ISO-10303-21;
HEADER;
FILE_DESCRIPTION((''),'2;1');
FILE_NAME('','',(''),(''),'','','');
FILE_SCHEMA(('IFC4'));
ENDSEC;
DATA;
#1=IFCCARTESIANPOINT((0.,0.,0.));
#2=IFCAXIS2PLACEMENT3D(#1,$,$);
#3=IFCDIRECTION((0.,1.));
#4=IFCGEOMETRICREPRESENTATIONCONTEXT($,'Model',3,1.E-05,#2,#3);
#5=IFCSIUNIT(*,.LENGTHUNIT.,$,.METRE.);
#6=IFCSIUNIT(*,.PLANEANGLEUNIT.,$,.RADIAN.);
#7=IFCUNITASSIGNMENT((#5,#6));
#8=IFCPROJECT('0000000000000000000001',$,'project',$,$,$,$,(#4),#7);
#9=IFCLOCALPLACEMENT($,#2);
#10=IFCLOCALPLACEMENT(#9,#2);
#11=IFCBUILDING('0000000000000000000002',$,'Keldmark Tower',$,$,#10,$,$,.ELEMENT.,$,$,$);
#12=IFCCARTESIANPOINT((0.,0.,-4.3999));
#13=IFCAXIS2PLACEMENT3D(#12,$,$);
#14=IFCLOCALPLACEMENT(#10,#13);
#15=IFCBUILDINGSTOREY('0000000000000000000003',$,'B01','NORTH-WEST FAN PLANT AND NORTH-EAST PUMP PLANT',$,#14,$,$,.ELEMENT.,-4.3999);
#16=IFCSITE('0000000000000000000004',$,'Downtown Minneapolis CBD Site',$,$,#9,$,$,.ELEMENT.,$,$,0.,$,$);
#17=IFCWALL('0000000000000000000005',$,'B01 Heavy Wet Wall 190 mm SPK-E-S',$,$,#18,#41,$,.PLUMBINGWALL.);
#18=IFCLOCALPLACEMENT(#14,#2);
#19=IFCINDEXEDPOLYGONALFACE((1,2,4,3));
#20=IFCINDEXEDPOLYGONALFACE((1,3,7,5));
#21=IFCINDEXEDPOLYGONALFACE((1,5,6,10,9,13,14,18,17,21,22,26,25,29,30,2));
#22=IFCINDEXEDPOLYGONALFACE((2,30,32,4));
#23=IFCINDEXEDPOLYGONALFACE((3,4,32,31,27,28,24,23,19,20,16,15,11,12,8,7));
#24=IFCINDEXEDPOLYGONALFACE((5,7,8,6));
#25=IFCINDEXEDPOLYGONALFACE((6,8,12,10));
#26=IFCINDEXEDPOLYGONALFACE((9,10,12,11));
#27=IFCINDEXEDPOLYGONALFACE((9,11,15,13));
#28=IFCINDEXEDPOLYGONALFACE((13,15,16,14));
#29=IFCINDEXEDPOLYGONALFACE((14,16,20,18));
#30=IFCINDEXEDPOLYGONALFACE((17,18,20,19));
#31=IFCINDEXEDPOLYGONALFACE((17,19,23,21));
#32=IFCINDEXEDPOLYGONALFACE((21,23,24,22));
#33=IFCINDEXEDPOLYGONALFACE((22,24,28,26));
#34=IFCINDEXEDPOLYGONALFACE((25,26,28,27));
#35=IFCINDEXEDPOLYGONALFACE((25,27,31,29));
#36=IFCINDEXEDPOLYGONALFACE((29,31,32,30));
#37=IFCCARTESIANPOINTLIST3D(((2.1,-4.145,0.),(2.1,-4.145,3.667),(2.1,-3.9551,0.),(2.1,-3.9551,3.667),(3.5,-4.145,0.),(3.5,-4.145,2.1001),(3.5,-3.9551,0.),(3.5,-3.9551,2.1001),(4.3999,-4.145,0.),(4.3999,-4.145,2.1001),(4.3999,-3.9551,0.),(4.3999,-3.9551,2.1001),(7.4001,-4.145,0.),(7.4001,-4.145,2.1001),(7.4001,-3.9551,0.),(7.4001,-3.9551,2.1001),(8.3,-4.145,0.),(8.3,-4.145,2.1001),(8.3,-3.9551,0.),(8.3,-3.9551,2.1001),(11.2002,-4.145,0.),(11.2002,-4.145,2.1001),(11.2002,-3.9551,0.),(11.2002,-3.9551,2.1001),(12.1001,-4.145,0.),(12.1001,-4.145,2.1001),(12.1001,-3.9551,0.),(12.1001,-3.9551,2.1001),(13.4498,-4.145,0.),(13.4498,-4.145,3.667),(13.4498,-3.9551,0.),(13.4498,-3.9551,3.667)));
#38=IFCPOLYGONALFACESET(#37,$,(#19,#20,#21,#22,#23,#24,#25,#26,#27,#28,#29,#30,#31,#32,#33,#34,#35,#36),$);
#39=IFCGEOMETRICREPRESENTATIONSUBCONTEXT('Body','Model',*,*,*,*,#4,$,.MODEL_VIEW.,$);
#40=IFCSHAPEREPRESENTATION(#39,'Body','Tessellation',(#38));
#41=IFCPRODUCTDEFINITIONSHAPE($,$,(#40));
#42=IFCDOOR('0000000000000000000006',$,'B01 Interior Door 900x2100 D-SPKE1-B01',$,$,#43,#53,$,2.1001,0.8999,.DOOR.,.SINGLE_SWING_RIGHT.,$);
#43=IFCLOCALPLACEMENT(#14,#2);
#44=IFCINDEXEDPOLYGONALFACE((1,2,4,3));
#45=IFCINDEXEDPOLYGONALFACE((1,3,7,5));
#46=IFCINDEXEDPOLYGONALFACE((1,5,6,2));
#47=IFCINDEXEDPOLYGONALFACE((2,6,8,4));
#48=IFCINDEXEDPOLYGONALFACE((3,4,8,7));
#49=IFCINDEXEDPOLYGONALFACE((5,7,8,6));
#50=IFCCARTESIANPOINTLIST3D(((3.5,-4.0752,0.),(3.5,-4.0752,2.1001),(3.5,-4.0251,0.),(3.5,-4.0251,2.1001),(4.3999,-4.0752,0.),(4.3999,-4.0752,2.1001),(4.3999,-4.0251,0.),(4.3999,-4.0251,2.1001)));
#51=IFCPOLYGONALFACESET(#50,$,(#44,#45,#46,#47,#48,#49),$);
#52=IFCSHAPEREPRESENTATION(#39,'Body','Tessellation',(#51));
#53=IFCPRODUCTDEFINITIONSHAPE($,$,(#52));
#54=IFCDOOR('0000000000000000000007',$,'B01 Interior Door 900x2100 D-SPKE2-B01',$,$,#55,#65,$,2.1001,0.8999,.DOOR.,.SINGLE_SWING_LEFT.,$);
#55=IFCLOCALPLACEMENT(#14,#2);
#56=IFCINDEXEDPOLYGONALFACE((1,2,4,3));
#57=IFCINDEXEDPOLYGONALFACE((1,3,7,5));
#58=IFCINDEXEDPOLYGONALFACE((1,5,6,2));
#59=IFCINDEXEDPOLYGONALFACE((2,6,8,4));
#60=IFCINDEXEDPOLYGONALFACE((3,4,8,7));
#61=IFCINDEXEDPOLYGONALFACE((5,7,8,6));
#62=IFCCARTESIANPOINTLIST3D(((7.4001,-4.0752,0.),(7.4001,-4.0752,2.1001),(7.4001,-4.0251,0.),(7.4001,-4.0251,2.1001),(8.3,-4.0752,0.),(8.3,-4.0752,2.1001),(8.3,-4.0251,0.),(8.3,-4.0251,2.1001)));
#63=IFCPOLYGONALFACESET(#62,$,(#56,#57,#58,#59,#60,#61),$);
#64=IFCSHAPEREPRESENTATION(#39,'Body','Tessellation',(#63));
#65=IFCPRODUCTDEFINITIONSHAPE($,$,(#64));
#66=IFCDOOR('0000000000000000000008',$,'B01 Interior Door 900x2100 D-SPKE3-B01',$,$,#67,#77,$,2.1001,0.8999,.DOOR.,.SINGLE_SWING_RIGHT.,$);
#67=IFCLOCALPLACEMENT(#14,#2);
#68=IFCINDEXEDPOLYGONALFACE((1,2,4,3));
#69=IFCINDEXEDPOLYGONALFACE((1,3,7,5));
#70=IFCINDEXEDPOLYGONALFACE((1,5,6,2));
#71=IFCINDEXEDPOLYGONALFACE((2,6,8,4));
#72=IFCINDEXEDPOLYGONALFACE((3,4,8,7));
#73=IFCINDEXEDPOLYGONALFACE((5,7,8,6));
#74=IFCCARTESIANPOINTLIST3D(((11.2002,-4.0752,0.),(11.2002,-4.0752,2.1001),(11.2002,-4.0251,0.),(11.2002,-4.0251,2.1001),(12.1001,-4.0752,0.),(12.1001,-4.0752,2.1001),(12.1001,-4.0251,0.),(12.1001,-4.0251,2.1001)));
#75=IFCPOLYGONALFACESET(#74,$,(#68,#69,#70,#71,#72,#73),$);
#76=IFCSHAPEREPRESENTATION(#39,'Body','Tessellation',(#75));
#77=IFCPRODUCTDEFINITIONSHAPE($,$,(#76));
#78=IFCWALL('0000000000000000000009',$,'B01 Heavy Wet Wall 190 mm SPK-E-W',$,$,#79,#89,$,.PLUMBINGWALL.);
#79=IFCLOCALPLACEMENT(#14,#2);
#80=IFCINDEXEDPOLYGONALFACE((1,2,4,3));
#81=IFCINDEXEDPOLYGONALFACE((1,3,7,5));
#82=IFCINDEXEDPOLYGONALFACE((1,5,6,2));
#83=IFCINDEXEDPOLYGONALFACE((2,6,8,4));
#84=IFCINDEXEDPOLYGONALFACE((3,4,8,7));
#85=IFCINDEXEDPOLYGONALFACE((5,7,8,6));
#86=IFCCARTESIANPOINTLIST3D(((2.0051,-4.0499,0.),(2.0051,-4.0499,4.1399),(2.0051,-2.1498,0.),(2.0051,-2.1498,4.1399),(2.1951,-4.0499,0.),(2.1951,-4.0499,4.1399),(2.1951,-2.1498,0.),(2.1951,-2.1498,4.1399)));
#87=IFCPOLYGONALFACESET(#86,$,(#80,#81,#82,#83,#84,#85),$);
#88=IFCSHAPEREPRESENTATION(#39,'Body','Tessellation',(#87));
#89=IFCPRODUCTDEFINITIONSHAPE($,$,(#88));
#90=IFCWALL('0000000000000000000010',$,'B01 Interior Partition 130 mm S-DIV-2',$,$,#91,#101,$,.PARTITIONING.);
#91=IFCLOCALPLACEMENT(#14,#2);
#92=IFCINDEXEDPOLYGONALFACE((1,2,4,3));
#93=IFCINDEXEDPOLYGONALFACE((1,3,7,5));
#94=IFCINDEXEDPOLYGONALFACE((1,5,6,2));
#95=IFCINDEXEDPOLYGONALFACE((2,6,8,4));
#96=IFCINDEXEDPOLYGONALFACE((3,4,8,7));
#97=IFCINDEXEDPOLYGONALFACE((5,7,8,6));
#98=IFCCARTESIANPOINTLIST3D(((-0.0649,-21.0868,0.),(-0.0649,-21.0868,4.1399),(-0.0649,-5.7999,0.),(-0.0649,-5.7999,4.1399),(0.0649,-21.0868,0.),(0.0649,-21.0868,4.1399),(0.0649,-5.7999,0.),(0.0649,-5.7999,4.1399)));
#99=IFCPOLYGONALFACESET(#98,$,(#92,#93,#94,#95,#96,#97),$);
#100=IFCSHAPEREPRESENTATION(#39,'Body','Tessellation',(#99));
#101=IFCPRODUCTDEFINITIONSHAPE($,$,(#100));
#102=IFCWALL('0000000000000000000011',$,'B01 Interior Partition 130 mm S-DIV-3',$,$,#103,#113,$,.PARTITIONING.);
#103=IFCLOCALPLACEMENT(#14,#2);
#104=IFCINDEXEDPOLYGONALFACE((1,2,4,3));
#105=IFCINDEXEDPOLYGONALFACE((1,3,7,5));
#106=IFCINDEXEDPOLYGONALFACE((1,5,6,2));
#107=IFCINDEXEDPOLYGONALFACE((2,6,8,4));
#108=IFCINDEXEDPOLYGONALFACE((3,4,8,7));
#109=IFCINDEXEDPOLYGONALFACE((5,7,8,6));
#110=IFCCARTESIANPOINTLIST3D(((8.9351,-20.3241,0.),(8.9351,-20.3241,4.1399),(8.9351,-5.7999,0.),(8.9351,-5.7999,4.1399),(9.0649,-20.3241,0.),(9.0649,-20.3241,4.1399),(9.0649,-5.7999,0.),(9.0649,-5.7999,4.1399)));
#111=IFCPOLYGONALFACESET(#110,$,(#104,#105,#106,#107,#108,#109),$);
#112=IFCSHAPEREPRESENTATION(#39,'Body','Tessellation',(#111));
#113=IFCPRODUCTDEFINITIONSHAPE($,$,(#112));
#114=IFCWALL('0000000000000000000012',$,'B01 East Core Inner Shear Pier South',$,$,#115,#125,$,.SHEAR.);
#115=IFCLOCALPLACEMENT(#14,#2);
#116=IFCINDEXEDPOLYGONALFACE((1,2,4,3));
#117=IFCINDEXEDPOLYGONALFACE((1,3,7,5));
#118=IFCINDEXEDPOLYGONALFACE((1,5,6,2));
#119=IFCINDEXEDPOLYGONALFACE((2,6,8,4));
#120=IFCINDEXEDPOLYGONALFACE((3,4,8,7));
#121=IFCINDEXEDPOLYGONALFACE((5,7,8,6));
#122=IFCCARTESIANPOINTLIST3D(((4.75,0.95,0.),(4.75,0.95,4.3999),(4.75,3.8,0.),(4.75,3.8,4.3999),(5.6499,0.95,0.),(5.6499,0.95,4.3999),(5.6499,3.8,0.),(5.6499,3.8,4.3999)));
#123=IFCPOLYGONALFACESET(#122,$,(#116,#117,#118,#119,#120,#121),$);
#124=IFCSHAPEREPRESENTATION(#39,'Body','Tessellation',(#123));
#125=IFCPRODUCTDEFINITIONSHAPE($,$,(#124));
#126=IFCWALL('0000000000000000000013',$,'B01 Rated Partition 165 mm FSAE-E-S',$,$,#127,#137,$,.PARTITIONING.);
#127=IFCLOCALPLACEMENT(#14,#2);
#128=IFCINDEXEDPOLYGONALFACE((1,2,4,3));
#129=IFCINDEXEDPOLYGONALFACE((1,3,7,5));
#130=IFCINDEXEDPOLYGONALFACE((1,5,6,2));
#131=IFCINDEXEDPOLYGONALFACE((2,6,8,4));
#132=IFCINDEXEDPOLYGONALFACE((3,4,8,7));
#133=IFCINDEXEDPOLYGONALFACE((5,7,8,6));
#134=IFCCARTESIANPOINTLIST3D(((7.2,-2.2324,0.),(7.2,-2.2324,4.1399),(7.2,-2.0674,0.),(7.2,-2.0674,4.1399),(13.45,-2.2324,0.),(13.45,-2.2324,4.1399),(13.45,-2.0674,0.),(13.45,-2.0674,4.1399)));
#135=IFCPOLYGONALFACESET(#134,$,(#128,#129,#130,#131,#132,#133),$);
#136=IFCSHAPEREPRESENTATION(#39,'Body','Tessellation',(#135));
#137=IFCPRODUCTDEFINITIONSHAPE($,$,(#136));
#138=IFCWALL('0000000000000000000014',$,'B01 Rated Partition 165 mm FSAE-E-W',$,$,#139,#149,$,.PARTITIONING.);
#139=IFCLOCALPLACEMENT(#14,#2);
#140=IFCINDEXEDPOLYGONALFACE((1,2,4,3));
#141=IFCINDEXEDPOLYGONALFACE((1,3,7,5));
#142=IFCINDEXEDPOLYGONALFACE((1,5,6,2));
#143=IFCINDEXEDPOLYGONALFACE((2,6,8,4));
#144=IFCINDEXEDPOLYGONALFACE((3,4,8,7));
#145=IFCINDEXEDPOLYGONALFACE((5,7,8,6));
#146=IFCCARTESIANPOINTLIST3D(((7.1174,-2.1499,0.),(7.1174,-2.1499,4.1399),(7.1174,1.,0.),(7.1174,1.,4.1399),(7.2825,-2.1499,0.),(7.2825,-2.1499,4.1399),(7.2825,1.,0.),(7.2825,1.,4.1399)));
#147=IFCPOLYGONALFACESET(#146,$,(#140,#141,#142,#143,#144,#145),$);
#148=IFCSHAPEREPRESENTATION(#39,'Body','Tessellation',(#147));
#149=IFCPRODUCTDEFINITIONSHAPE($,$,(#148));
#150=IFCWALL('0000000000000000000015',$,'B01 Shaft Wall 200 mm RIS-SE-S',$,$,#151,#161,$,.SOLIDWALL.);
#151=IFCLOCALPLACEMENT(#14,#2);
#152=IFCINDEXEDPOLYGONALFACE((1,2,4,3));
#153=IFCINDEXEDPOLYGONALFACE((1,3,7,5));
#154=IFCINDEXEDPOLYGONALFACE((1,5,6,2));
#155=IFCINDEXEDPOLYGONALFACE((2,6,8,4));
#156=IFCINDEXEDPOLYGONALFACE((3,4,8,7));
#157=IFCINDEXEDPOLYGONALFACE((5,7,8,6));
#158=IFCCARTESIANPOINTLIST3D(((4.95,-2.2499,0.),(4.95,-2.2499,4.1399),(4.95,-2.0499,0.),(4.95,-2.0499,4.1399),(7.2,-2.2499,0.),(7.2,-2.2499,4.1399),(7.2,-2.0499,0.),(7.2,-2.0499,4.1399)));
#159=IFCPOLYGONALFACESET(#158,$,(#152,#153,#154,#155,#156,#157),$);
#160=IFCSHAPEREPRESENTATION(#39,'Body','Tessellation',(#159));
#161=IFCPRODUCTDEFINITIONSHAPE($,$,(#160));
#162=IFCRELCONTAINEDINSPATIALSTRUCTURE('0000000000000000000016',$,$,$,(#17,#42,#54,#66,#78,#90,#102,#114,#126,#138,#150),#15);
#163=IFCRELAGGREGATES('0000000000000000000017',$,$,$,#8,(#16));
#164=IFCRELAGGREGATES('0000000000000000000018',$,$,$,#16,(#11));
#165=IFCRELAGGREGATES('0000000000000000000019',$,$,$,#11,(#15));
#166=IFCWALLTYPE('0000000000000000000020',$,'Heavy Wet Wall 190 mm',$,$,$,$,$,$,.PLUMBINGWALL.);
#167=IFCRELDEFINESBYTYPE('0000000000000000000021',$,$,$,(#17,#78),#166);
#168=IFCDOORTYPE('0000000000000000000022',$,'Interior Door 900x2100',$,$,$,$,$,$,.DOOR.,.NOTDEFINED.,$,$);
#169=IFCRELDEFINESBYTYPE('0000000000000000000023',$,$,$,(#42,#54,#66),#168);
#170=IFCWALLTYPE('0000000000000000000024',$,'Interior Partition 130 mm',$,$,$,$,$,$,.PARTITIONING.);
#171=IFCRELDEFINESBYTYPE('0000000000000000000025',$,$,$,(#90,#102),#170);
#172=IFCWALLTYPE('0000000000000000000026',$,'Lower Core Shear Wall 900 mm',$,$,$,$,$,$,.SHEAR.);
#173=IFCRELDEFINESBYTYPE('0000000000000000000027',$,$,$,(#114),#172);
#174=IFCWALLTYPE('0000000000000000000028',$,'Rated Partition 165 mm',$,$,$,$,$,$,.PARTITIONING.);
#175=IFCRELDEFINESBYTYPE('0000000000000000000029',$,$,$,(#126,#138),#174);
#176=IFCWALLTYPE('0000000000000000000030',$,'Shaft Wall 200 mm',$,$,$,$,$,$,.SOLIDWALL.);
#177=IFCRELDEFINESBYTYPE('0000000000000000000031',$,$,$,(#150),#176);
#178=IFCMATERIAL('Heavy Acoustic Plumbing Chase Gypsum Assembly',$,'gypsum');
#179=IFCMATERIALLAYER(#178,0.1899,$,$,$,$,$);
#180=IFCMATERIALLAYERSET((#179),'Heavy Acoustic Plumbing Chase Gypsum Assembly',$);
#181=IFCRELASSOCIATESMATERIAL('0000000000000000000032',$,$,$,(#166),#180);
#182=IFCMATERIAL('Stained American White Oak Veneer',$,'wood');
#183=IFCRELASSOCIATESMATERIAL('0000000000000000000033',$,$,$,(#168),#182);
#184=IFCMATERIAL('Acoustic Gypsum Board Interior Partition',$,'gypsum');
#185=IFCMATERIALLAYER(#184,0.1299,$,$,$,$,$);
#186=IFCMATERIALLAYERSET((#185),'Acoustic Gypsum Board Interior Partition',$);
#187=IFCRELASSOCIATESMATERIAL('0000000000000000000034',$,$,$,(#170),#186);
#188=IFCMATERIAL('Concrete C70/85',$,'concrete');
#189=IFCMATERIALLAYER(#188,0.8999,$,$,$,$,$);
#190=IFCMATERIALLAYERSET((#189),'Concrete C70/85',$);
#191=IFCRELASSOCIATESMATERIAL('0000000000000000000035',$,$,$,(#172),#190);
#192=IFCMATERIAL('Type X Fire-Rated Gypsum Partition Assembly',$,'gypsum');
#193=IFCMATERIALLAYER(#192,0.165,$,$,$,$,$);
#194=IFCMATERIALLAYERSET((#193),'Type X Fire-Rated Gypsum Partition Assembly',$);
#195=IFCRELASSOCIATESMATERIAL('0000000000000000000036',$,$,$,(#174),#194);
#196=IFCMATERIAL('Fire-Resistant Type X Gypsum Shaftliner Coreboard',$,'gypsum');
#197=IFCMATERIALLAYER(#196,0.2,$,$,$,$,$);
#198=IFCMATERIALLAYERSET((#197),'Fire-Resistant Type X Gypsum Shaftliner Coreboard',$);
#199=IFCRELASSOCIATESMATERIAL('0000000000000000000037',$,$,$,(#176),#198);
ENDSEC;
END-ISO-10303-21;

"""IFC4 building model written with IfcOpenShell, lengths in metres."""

from ifc_helpers import new_model, si_unit, direction, frame, frame_2d, origin, place, context, subcontext, project, spatial, rectangle, extrude, material, layer, layer_set, type_object, element, fill, save


model = new_model("IFC4")

# Units and contexts
model_context = context("Model", 3, precision=1e-05, world=origin(), true_north=direction((0.0, 1.0)))
body_context = subcontext(model_context, "Body", "Model", "MODEL_VIEW")
ifc_project = project(units=[si_unit("LENGTHUNIT", "METRE"), si_unit("PLANEANGLEUNIT", "RADIAN")], contexts=[model_context])

# Site, building, storey
site_placement = place(None, origin())
site = spatial("IfcSite", under=ifc_project, at=site_placement, Name="Downtown Minneapolis CBD Site", CompositionType="ELEMENT", RefElevation=0.0)
building_placement = place(site_placement, origin())
building = spatial("IfcBuilding", under=site, at=building_placement, Name="Keldmark Tower", CompositionType="ELEMENT")
storey_placement = place(building_placement, frame((0.0, 0.0, -4.3999)))
storey = spatial("IfcBuildingStorey", under=building, at=storey_placement, Name="B01", Description="NORTH-WEST FAN PLANT AND NORTH-EAST PUMP PLANT", CompositionType="ELEMENT", Elevation=-4.3999)

# Wall, openings, doors
ifc_material_1 = material(Name="Heavy Acoustic Plumbing Chase Gypsum Assembly", Category="gypsum")
ifc_layer_1 = layer(ifc_material_1, 0.1899)
ifc_layer_set_1 = layer_set([ifc_layer_1], Name="Heavy Acoustic Plumbing Chase Gypsum Assembly")
wall_type_1 = type_object("IfcWallType", Name="Heavy Wet Wall 190 mm", PredefinedType="PLUMBINGWALL", material=ifc_layer_set_1)
wall_1_placement = place(storey_placement, frame((2.1001, -4.05, 0.0), z_axis=(0.0, 0.0, 1.0), x_axis=(1.0, 0.0, 0.0)))
wall_1 = element("IfcWall", 1, at=wall_1_placement, inside=storey, type_object=wall_type_1, Name="B01 Heavy Wet Wall 190 mm SPK-E-S", PredefinedType="PLUMBINGWALL", context=body_context, shape_type="SweptSolid", body=[
    extrude(rectangle(XDim=11.3499, YDim=0.1899, at=frame_2d((5.6748, 0.0))), origin(), (0.0, 0.0, 1.0), 3.667),
])
opening_1_placement = place(wall_1_placement, frame((1.3999, 0.0, 0.0)))
opening_1 = element("IfcOpeningElement", 2, at=opening_1_placement, cuts=wall_1, PredefinedType="OPENING", context=body_context, shape_type="SweptSolid", body=[
    extrude(rectangle(XDim=0.8999, YDim=2.1001, at=frame_2d((0.45, 1.05))), frame((0.0, 0.105, 0.0), z_axis=(0.0, -1.0, 0.0), x_axis=(1.0, 0.0, 0.0)), (0.0, 0.0, 1.0), 0.21),
])
opening_2_placement = place(wall_1_placement, frame((5.3, 0.0, 0.0)))
opening_2 = element("IfcOpeningElement", 3, at=opening_2_placement, cuts=wall_1, PredefinedType="OPENING", context=body_context, shape_type="SweptSolid", body=[
    extrude(rectangle(XDim=0.8999, YDim=2.1001, at=frame_2d((0.45, 1.05))), frame((0.0, 0.105, 0.0), z_axis=(0.0, -1.0, 0.0), x_axis=(1.0, 0.0, 0.0)), (0.0, 0.0, 1.0), 0.21),
])
opening_3_placement = place(wall_1_placement, frame((9.1001, 0.0, 0.0)))
opening_3 = element("IfcOpeningElement", 4, at=opening_3_placement, cuts=wall_1, PredefinedType="OPENING", context=body_context, shape_type="SweptSolid", body=[
    extrude(rectangle(XDim=0.8999, YDim=2.1001, at=frame_2d((0.45, 1.05))), frame((0.0, 0.105, 0.0), z_axis=(0.0, -1.0, 0.0), x_axis=(1.0, 0.0, 0.0)), (0.0, 0.0, 1.0), 0.21),
])
ifc_material_2 = material(Name="Stained American White Oak Veneer", Category="wood")
door_type_1 = type_object("IfcDoorType", Name="Interior Door 900x2100", OperationType="NOTDEFINED", PredefinedType="DOOR", material=ifc_material_2)
door_1_placement = place(opening_1_placement, origin())
door_1 = element("IfcDoor", 5, at=door_1_placement, inside=storey, type_object=door_type_1, Name="B01 Interior Door 900x2100 D-SPKE1-B01", OperationType="SINGLE_SWING_RIGHT", OverallHeight=2.1001, OverallWidth=0.8999, PredefinedType="DOOR", context=body_context, shape_type="SweptSolid", body=[
    extrude(rectangle(XDim=0.8999, YDim=2.1001, at=frame_2d((0.45, 1.05))), frame((0.0, 0.0249, 0.0), z_axis=(0.0, -1.0, 0.0), x_axis=(1.0, 0.0, 0.0)), (0.0, 0.0, 1.0), 0.05),
])
fill(opening_1, door_1)
door_2_placement = place(opening_2_placement, origin())
door_2 = element("IfcDoor", 6, at=door_2_placement, inside=storey, type_object=door_type_1, Name="B01 Interior Door 900x2100 D-SPKE2-B01", OperationType="SINGLE_SWING_LEFT", OverallHeight=2.1001, OverallWidth=0.8999, PredefinedType="DOOR", context=body_context, shape_type="SweptSolid", body=[
    extrude(rectangle(XDim=0.8999, YDim=2.1001, at=frame_2d((0.45, 1.05))), frame((0.0, 0.0249, 0.0), z_axis=(0.0, -1.0, 0.0), x_axis=(1.0, 0.0, 0.0)), (0.0, 0.0, 1.0), 0.05),
])
fill(opening_2, door_2)
door_3_placement = place(opening_3_placement, origin())
door_3 = element("IfcDoor", 7, at=door_3_placement, inside=storey, type_object=door_type_1, Name="B01 Interior Door 900x2100 D-SPKE3-B01", OperationType="SINGLE_SWING_RIGHT", OverallHeight=2.1001, OverallWidth=0.8999, PredefinedType="DOOR", context=body_context, shape_type="SweptSolid", body=[
    extrude(rectangle(XDim=0.8999, YDim=2.1001, at=frame_2d((0.45, 1.05))), frame((0.0, 0.0249, 0.0), z_axis=(0.0, -1.0, 0.0), x_axis=(1.0, 0.0, 0.0)), (0.0, 0.0, 1.0), 0.05),
])
fill(opening_3, door_3)

# Walls
wall_2_placement = place(storey_placement, frame((2.1001, -4.05, 0.0), z_axis=(0.0, 0.0, 1.0), x_axis=(0.0, 1.0, 0.0)))
element("IfcWall", 8, at=wall_2_placement, inside=storey, type_object=wall_type_1, Name="B01 Heavy Wet Wall 190 mm SPK-E-W", PredefinedType="PLUMBINGWALL", context=body_context, shape_type="SweptSolid", body=[
    extrude(rectangle(XDim=1.9001, YDim=0.1899, at=frame_2d((0.9502, 0.0))), origin(), (0.0, 0.0, 1.0), 4.1399),
])
ifc_material_3 = material(Name="Acoustic Gypsum Board Interior Partition", Category="gypsum")
ifc_layer_2 = layer(ifc_material_3, 0.1299)
ifc_layer_set_2 = layer_set([ifc_layer_2], Name="Acoustic Gypsum Board Interior Partition")
wall_type_2 = type_object("IfcWallType", Name="Interior Partition 130 mm", PredefinedType="PARTITIONING", material=ifc_layer_set_2)
wall_3_placement = place(storey_placement, frame((0.0, -21.0869, 0.0), z_axis=(0.0, 0.0, 1.0), x_axis=(0.0, 1.0, 0.0)))
element("IfcWall", 9, at=wall_3_placement, inside=storey, type_object=wall_type_2, Name="B01 Interior Partition 130 mm S-DIV-2", PredefinedType="PARTITIONING", context=body_context, shape_type="SweptSolid", body=[
    extrude(rectangle(XDim=15.2869, YDim=0.1299, at=frame_2d((7.6436, 0.0))), origin(), (0.0, 0.0, 1.0), 4.1399),
])
wall_4_placement = place(storey_placement, frame((9.0, -20.3242, 0.0), z_axis=(0.0, 0.0, 1.0), x_axis=(0.0, 1.0, 0.0)))
element("IfcWall", 10, at=wall_4_placement, inside=storey, type_object=wall_type_2, Name="B01 Interior Partition 130 mm S-DIV-3", PredefinedType="PARTITIONING", context=body_context, shape_type="SweptSolid", body=[
    extrude(rectangle(XDim=14.5242, YDim=0.1299, at=frame_2d((7.2622, 0.0))), origin(), (0.0, 0.0, 1.0), 4.1399),
])
ifc_material_4 = material(Name="Concrete C70/85", Category="concrete")
ifc_layer_3 = layer(ifc_material_4, 0.8999)
ifc_layer_set_3 = layer_set([ifc_layer_3], Name="Concrete C70/85")
wall_type_3 = type_object("IfcWallType", Name="Lower Core Shear Wall 900 mm", PredefinedType="SHEAR", material=ifc_layer_set_3)
wall_5_placement = place(storey_placement, frame((5.2, 0.95, 0.0), z_axis=(0.0, 0.0, 1.0), x_axis=(0.0, 1.0, 0.0)))
element("IfcWall", 11, at=wall_5_placement, inside=storey, type_object=wall_type_3, Name="B01 East Core Inner Shear Pier South", PredefinedType="SHEAR", context=body_context, shape_type="SweptSolid", body=[
    extrude(rectangle(XDim=2.8501, YDim=0.8999, at=frame_2d((1.425, 0.0))), origin(), (0.0, 0.0, 1.0), 4.3999),
])
ifc_material_5 = material(Name="Type X Fire-Rated Gypsum Partition Assembly", Category="gypsum")
ifc_layer_4 = layer(ifc_material_5, 0.165)
ifc_layer_set_4 = layer_set([ifc_layer_4], Name="Type X Fire-Rated Gypsum Partition Assembly")
wall_type_4 = type_object("IfcWallType", Name="Rated Partition 165 mm", PredefinedType="PARTITIONING", material=ifc_layer_set_4)
wall_6_placement = place(storey_placement, frame((7.2, -2.1499, 0.0), z_axis=(0.0, 0.0, 1.0), x_axis=(1.0, 0.0, 0.0)))
element("IfcWall", 12, at=wall_6_placement, inside=storey, type_object=wall_type_4, Name="B01 Rated Partition 165 mm FSAE-E-S", PredefinedType="PARTITIONING", context=body_context, shape_type="SweptSolid", body=[
    extrude(rectangle(XDim=6.25, YDim=0.165, at=frame_2d((3.125, 0.0))), origin(), (0.0, 0.0, 1.0), 4.1399),
])
wall_7_placement = place(storey_placement, frame((7.2, -2.1499, 0.0), z_axis=(0.0, 0.0, 1.0), x_axis=(0.0, 1.0, 0.0)))
element("IfcWall", 13, at=wall_7_placement, inside=storey, type_object=wall_type_4, Name="B01 Rated Partition 165 mm FSAE-E-W", PredefinedType="PARTITIONING", context=body_context, shape_type="SweptSolid", body=[
    extrude(rectangle(XDim=3.1499, YDim=0.165, at=frame_2d((1.575, 0.0))), origin(), (0.0, 0.0, 1.0), 4.1399),
])
ifc_material_6 = material(Name="Fire-Resistant Type X Gypsum Shaftliner Coreboard", Category="gypsum")
ifc_layer_5 = layer(ifc_material_6, 0.2)
ifc_layer_set_5 = layer_set([ifc_layer_5], Name="Fire-Resistant Type X Gypsum Shaftliner Coreboard")
wall_type_5 = type_object("IfcWallType", Name="Shaft Wall 200 mm", PredefinedType="SOLIDWALL", material=ifc_layer_set_5)
wall_8_placement = place(storey_placement, frame((4.95, -2.1499, 0.0), z_axis=(0.0, 0.0, 1.0), x_axis=(1.0, 0.0, 0.0)))
element("IfcWall", 14, at=wall_8_placement, inside=storey, type_object=wall_type_5, Name="B01 Shaft Wall 200 mm RIS-SE-S", PredefinedType="SOLIDWALL", context=body_context, shape_type="SweptSolid", body=[
    extrude(rectangle(XDim=2.25, YDim=0.2, at=frame_2d((1.125, 0.0))), origin(), (0.0, 0.0, 1.0), 4.1399),
])

save(model, "model.ifc")
